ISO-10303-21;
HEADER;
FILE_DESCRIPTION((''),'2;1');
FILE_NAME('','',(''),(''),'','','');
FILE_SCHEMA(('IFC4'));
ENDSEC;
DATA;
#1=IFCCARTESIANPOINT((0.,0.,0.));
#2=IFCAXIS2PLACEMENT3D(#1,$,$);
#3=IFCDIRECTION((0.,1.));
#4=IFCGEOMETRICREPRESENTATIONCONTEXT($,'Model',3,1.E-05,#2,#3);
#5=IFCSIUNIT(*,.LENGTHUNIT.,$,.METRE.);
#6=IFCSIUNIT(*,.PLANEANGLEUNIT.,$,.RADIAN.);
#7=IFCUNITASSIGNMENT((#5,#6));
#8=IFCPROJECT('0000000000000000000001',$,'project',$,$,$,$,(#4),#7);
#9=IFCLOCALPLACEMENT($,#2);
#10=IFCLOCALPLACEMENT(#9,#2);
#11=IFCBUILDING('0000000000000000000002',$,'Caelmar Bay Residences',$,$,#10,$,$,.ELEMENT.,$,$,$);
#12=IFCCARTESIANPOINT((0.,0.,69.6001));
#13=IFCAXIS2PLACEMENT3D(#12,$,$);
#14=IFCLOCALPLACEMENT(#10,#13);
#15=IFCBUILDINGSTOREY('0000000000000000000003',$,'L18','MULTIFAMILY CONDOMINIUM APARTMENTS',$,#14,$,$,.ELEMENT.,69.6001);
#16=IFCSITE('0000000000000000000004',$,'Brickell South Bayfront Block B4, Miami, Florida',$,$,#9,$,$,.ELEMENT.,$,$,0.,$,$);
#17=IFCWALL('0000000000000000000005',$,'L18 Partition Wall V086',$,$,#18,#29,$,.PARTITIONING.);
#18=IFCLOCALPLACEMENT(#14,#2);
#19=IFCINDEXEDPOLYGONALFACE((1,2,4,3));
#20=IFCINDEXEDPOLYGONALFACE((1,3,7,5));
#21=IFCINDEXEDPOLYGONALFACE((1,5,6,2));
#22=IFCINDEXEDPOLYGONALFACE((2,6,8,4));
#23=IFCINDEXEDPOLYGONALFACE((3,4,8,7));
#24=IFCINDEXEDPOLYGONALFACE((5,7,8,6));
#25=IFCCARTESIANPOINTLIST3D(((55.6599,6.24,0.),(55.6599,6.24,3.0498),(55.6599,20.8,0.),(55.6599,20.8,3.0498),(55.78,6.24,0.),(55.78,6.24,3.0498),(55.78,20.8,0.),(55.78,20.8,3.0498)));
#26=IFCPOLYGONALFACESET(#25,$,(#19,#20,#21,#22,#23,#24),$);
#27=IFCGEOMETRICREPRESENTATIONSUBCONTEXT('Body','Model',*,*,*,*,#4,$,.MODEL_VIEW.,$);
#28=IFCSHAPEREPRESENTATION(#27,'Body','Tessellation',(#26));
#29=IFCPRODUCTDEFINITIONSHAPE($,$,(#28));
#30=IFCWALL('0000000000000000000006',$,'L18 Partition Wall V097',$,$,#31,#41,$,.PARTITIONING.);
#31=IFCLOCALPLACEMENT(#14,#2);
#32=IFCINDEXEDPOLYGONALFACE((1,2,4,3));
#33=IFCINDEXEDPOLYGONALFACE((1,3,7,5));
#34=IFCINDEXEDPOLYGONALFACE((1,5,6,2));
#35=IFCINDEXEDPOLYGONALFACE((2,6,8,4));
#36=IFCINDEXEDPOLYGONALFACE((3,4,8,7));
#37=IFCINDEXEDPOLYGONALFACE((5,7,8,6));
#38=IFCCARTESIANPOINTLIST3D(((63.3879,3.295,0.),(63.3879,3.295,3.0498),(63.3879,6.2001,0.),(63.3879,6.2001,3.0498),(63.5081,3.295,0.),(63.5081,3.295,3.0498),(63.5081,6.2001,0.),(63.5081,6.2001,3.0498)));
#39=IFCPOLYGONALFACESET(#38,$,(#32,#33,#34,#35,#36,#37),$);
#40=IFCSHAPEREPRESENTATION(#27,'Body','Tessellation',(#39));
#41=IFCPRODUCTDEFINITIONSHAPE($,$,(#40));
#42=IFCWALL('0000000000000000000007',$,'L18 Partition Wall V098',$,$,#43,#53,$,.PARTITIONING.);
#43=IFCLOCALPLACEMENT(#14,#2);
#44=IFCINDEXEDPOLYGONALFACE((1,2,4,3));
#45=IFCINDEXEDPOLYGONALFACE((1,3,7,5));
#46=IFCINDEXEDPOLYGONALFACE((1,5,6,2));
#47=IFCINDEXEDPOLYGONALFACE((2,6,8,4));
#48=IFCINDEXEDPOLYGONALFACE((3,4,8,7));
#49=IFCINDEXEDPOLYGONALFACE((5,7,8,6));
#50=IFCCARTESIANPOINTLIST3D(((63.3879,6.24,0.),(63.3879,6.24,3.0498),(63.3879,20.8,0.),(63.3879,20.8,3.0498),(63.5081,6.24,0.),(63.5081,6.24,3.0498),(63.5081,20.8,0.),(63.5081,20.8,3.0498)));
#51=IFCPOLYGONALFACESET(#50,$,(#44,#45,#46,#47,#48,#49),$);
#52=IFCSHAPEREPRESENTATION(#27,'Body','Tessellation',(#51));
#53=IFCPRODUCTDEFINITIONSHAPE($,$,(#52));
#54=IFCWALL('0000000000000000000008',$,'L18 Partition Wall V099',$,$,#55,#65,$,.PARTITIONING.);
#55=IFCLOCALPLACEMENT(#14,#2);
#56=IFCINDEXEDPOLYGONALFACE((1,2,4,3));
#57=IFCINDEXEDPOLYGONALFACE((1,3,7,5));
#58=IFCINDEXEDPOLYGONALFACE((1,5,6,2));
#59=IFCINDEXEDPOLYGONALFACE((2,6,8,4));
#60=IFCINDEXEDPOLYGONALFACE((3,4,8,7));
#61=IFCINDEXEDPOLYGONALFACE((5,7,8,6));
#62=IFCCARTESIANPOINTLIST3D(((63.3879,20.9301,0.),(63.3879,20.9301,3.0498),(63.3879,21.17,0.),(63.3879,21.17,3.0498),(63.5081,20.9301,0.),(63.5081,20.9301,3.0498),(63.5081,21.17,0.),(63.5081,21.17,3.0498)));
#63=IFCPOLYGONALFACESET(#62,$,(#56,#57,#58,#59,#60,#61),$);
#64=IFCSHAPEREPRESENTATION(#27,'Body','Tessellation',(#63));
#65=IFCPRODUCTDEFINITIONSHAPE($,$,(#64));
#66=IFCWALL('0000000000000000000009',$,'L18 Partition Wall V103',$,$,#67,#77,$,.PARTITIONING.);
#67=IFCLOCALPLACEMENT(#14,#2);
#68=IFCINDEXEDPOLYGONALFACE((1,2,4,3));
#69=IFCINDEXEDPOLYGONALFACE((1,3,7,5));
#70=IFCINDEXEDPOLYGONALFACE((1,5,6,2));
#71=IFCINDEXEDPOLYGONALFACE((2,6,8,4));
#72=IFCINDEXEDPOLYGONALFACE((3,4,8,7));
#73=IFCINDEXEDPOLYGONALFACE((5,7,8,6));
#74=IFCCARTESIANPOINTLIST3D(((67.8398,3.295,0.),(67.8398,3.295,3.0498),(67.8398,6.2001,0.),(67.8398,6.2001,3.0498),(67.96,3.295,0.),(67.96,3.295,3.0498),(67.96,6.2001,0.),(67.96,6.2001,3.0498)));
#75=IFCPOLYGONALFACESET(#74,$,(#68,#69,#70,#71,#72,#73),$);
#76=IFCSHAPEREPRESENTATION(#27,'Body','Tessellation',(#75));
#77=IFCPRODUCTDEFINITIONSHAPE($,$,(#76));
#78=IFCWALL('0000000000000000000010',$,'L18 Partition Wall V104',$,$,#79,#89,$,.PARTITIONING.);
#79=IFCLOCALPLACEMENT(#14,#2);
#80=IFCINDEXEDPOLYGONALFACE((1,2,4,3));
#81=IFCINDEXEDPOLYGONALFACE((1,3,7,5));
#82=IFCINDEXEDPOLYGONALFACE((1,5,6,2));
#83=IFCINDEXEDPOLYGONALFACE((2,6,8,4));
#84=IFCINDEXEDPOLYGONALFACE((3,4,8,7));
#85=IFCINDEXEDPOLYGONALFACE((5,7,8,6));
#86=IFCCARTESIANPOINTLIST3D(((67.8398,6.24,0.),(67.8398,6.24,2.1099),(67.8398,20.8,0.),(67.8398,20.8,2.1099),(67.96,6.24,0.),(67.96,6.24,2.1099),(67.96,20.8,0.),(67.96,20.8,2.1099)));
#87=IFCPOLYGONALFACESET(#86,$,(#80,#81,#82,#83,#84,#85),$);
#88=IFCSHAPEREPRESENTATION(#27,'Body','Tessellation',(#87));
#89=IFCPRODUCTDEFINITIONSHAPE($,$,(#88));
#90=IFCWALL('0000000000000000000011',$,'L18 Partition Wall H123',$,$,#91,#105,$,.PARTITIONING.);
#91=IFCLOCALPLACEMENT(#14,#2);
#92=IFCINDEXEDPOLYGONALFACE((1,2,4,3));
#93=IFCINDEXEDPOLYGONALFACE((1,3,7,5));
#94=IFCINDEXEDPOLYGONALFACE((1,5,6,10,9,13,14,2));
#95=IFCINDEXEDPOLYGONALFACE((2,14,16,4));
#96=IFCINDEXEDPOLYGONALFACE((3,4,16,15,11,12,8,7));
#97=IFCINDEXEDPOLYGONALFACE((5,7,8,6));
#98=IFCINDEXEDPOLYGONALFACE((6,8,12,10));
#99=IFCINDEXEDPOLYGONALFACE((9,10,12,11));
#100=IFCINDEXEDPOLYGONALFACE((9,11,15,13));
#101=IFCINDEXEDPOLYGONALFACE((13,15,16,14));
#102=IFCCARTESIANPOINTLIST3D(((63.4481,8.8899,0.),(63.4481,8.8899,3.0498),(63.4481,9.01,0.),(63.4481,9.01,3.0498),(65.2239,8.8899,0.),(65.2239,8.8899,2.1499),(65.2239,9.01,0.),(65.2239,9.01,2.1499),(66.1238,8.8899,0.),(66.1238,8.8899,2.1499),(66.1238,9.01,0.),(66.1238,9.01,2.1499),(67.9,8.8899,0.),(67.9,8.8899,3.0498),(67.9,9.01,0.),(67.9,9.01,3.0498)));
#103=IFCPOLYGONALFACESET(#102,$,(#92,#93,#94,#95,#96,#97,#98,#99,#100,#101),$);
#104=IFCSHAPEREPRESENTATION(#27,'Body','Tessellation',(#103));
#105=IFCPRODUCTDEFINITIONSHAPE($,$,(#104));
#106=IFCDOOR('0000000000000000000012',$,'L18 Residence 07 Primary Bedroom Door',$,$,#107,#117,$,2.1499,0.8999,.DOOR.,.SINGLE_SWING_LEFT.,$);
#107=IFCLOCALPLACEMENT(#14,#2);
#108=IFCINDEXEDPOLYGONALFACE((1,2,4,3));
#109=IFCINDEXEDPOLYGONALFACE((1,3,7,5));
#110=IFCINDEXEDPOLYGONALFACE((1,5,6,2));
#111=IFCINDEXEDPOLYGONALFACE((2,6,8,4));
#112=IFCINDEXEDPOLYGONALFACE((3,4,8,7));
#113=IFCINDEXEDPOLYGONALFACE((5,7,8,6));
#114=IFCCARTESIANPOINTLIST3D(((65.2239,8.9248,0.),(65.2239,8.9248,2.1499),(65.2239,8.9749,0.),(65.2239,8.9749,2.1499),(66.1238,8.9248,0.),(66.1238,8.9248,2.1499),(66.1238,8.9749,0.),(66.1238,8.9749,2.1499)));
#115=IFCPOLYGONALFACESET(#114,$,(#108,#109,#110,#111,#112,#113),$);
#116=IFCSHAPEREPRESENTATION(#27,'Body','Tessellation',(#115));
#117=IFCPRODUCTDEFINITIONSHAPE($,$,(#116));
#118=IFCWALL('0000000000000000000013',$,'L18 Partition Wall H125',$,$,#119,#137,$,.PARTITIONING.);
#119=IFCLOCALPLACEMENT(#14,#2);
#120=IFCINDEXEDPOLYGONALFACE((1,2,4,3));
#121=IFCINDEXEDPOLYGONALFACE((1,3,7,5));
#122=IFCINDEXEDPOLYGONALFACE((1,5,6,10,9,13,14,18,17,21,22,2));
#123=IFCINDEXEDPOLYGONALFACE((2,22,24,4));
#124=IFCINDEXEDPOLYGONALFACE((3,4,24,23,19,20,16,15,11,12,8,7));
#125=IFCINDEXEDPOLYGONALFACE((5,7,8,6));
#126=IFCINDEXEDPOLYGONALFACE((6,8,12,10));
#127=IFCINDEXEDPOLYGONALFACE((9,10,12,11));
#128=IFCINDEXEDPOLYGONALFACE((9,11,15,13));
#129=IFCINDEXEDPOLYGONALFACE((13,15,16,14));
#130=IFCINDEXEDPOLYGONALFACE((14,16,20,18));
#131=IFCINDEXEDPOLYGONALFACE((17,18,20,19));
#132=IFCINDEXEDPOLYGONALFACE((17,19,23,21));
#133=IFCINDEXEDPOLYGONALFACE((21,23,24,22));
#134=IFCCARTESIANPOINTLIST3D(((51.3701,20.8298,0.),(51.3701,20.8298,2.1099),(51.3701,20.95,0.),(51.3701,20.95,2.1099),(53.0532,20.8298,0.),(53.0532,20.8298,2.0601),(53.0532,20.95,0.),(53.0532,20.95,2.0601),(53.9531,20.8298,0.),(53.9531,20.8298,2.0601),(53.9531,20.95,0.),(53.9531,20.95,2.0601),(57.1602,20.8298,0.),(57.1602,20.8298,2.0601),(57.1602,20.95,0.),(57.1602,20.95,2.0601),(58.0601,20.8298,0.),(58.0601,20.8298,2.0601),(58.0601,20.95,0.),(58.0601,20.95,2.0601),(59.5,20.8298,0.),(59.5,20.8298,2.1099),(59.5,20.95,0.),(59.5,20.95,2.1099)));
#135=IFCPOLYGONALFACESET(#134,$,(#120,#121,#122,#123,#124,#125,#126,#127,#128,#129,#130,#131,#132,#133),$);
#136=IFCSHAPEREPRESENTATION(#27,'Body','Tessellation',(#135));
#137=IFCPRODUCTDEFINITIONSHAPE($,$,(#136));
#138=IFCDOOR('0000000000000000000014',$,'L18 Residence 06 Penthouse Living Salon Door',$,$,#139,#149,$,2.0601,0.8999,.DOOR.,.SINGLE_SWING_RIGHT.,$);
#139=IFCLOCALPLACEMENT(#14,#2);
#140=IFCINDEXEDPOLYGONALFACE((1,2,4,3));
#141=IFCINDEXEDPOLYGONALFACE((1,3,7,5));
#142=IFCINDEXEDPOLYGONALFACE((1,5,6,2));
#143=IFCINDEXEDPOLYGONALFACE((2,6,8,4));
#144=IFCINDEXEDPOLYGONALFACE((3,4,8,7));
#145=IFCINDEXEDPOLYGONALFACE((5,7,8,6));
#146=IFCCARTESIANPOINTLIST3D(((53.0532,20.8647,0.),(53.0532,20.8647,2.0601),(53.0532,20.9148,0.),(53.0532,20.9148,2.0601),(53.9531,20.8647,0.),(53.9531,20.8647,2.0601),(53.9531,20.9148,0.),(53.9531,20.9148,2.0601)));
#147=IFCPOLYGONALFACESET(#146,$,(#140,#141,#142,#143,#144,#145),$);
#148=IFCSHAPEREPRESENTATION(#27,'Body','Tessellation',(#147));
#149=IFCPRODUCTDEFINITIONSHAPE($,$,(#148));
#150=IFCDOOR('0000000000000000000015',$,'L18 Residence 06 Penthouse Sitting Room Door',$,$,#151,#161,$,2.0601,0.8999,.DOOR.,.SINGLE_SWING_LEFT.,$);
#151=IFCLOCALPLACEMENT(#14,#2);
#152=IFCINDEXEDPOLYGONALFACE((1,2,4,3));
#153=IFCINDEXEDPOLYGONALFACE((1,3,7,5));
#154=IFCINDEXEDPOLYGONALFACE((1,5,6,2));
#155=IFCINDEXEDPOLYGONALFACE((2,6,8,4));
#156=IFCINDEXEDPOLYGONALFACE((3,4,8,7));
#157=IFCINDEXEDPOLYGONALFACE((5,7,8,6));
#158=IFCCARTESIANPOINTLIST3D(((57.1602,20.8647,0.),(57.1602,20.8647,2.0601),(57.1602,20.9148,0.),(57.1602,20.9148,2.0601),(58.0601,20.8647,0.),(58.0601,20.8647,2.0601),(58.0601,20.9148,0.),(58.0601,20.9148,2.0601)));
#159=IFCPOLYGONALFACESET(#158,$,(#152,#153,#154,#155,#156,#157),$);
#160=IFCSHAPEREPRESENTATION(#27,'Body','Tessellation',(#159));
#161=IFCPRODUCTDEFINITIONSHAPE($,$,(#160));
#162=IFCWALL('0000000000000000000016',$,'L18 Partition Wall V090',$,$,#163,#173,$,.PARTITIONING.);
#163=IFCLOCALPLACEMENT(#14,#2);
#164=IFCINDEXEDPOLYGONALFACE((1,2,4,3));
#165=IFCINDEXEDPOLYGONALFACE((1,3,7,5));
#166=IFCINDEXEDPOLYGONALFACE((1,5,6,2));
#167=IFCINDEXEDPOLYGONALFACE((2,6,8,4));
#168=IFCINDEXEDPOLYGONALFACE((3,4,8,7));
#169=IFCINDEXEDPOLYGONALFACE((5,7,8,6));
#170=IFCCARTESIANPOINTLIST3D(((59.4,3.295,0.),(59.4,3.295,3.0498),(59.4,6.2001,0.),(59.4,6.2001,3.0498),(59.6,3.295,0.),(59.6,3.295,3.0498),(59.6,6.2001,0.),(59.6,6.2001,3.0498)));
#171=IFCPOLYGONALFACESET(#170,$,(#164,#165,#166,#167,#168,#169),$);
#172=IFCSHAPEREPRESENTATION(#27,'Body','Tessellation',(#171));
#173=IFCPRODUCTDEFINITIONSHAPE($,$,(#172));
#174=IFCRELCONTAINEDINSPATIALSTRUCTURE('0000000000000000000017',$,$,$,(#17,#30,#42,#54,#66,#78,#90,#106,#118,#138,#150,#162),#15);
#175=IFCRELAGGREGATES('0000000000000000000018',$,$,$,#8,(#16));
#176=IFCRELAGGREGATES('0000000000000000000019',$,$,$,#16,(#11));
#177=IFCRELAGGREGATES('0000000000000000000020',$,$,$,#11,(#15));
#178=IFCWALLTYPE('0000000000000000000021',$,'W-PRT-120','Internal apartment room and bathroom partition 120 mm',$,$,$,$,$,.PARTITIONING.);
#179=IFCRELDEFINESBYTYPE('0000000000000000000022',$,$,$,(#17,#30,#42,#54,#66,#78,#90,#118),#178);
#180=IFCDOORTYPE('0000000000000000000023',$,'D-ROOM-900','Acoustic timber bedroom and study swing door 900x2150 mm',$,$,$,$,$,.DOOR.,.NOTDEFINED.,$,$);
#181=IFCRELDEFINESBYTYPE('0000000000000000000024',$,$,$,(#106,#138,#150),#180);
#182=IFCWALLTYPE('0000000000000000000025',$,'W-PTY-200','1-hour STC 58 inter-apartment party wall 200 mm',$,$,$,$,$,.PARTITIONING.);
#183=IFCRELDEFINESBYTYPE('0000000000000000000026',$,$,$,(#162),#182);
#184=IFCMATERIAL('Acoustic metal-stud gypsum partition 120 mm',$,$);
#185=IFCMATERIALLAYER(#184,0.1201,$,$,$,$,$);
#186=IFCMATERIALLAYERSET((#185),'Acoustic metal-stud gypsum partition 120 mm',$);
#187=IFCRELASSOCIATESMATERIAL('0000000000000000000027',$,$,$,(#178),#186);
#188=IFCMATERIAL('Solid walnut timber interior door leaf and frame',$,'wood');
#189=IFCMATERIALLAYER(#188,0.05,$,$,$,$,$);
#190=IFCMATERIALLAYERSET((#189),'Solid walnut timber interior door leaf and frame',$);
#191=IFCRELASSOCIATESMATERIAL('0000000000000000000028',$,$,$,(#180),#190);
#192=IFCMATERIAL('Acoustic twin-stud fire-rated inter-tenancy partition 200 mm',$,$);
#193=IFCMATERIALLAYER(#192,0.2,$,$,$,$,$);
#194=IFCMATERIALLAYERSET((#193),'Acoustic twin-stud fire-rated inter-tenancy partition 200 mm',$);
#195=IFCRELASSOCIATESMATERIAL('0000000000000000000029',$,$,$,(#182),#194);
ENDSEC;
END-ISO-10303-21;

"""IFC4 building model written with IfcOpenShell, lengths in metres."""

from ifc_helpers import new_model, si_unit, direction, frame, frame_2d, origin, place, context, subcontext, project, spatial, rectangle, extrude, material, layer, layer_set, type_object, element, fill, save


model = new_model("IFC4")

# Units and contexts
model_context = context("Model", 3, precision=1e-05, world=origin(), true_north=direction((0.0, 1.0)))
body_context = subcontext(model_context, "Body", "Model", "MODEL_VIEW")
ifc_project = project(units=[si_unit("LENGTHUNIT", "METRE"), si_unit("PLANEANGLEUNIT", "RADIAN")], contexts=[model_context])

# Site, building, storey
site_placement = place(None, origin())
site = spatial("IfcSite", under=ifc_project, at=site_placement, Name="Brickell South Bayfront Block B4, Miami, Florida", CompositionType="ELEMENT", RefElevation=0.0)
building_placement = place(site_placement, origin())
building = spatial("IfcBuilding", under=site, at=building_placement, Name="Caelmar Bay Residences", CompositionType="ELEMENT")
storey_placement = place(building_placement, frame((0.0, 0.0, 69.6001)))
storey = spatial("IfcBuildingStorey", under=building, at=storey_placement, Name="L18", Description="MULTIFAMILY CONDOMINIUM APARTMENTS", CompositionType="ELEMENT", Elevation=69.6001)

# Walls
ifc_material_1 = material(Name="Acoustic metal-stud gypsum partition 120 mm")
ifc_layer_1 = layer(ifc_material_1, 0.1201)
ifc_layer_set_1 = layer_set([ifc_layer_1], Name="Acoustic metal-stud gypsum partition 120 mm")
wall_type_1 = type_object("IfcWallType", Name="W-PRT-120", Description="Internal apartment room and bathroom partition 120 mm", PredefinedType="PARTITIONING", material=ifc_layer_set_1)
wall_1_placement = place(storey_placement, frame((55.72, 6.24, 0.0), z_axis=(0.0, 0.0, 1.0), x_axis=(0.0, 1.0, 0.0)))
element("IfcWall", 1, at=wall_1_placement, inside=storey, type_object=wall_type_1, Name="L18 Partition Wall V086", PredefinedType="PARTITIONING", context=body_context, shape_type="SweptSolid", body=[
    extrude(rectangle(XDim=14.5601, YDim=0.1201, at=frame_2d((7.28, 0.0))), origin(), (0.0, 0.0, 1.0), 3.0498),
])
wall_2_placement = place(storey_placement, frame((63.448, 3.2949, 0.0), z_axis=(0.0, 0.0, 1.0), x_axis=(0.0, 1.0, 0.0)))
element("IfcWall", 2, at=wall_2_placement, inside=storey, type_object=wall_type_1, Name="L18 Partition Wall V097", PredefinedType="PARTITIONING", context=body_context, shape_type="SweptSolid", body=[
    extrude(rectangle(XDim=2.905, YDim=0.1201, at=frame_2d((1.4526, 0.0))), origin(), (0.0, 0.0, 1.0), 3.0498),
])
wall_3_placement = place(storey_placement, frame((63.448, 6.24, 0.0), z_axis=(0.0, 0.0, 1.0), x_axis=(0.0, 1.0, 0.0)))
element("IfcWall", 3, at=wall_3_placement, inside=storey, type_object=wall_type_1, Name="L18 Partition Wall V098", PredefinedType="PARTITIONING", context=body_context, shape_type="SweptSolid", body=[
    extrude(rectangle(XDim=14.5601, YDim=0.1201, at=frame_2d((7.28, 0.0))), origin(), (0.0, 0.0, 1.0), 3.0498),
])
wall_4_placement = place(storey_placement, frame((63.448, 20.9299, 0.0), z_axis=(0.0, 0.0, 1.0), x_axis=(0.0, 1.0, 0.0)))
element("IfcWall", 4, at=wall_4_placement, inside=storey, type_object=wall_type_1, Name="L18 Partition Wall V099", PredefinedType="PARTITIONING", context=body_context, shape_type="SweptSolid", body=[
    extrude(rectangle(XDim=0.24, YDim=0.1201, at=frame_2d((0.1201, 0.0))), origin(), (0.0, 0.0, 1.0), 3.0498),
])
wall_5_placement = place(storey_placement, frame((67.8999, 3.2949, 0.0), z_axis=(0.0, 0.0, 1.0), x_axis=(0.0, 1.0, 0.0)))
element("IfcWall", 5, at=wall_5_placement, inside=storey, type_object=wall_type_1, Name="L18 Partition Wall V103", PredefinedType="PARTITIONING", context=body_context, shape_type="SweptSolid", body=[
    extrude(rectangle(XDim=2.905, YDim=0.1201, at=frame_2d((1.4526, 0.0))), origin(), (0.0, 0.0, 1.0), 3.0498),
])
wall_6_placement = place(storey_placement, frame((67.8999, 6.24, 0.0), z_axis=(0.0, 0.0, 1.0), x_axis=(0.0, 1.0, 0.0)))
element("IfcWall", 6, at=wall_6_placement, inside=storey, type_object=wall_type_1, Name="L18 Partition Wall V104", PredefinedType="PARTITIONING", context=body_context, shape_type="SweptSolid", body=[
    extrude(rectangle(XDim=14.5601, YDim=0.1201, at=frame_2d((7.28, 0.0))), origin(), (0.0, 0.0, 1.0), 2.1099),
])

# Wall, opening, door
ifc_material_2 = material(Name="Solid walnut timber interior door leaf and frame", Category="wood")
ifc_layer_2 = layer(ifc_material_2, 0.05)
ifc_layer_set_2 = layer_set([ifc_layer_2], Name="Solid walnut timber interior door leaf and frame")
door_type = type_object("IfcDoorType", Name="D-ROOM-900", Description="Acoustic timber bedroom and study swing door 900x2150 mm", OperationType="NOTDEFINED", PredefinedType="DOOR", material=ifc_layer_set_2)
wall_7_placement = place(storey_placement, frame((63.448, 8.95, 0.0), z_axis=(0.0, 0.0, 1.0), x_axis=(1.0, 0.0, 0.0)))
wall_7 = element("IfcWall", 7, at=wall_7_placement, inside=storey, type_object=wall_type_1, Name="L18 Partition Wall H123", PredefinedType="PARTITIONING", context=body_context, shape_type="SweptSolid", body=[
    extrude(rectangle(XDim=4.4519, YDim=0.1201, at=frame_2d((2.2261, 0.0))), origin(), (0.0, 0.0, 1.0), 3.0498),
])
opening_1_placement = place(wall_7_placement, frame((1.7759, 0.0, 0.0)))
opening_1 = element("IfcOpeningElement", 8, at=opening_1_placement, cuts=wall_7, PredefinedType="OPENING", context=body_context, shape_type="SweptSolid", body=[
    extrude(rectangle(XDim=0.8999, YDim=2.1499, at=frame_2d((0.45, 1.075))), frame((0.0, 0.0701, 0.0), z_axis=(0.0, -1.0, 0.0), x_axis=(1.0, 0.0, 0.0)), (0.0, 0.0, 1.0), 0.1401),
])
door_1_placement = place(opening_1_placement, origin())
door_1 = element("IfcDoor", 9, at=door_1_placement, inside=storey, type_object=door_type, Name="L18 Residence 07 Primary Bedroom Door", OperationType="SINGLE_SWING_LEFT", OverallHeight=2.1499, OverallWidth=0.8999, PredefinedType="DOOR", context=body_context, shape_type="SweptSolid", body=[
    extrude(rectangle(XDim=0.8999, YDim=2.1499, at=frame_2d((0.45, 1.075))), frame((0.0, 0.0249, 0.0), z_axis=(0.0, -1.0, 0.0), x_axis=(1.0, 0.0, 0.0)), (0.0, 0.0, 1.0), 0.05),
])
fill(opening_1, door_1)

# Wall, openings, doors
wall_8_placement = place(storey_placement, frame((51.3701, 20.8899, 0.0), z_axis=(0.0, 0.0, 1.0), x_axis=(1.0, 0.0, 0.0)))
wall_8 = element("IfcWall", 10, at=wall_8_placement, inside=storey, type_object=wall_type_1, Name="L18 Partition Wall H125", PredefinedType="PARTITIONING", context=body_context, shape_type="SweptSolid", body=[
    extrude(rectangle(XDim=8.1299, YDim=0.1201, at=frame_2d((4.0649, 0.0))), origin(), (0.0, 0.0, 1.0), 2.1099),
])
opening_2_placement = place(wall_8_placement, frame((1.6831, 0.0, 0.0)))
opening_2 = element("IfcOpeningElement", 11, at=opening_2_placement, cuts=wall_8, PredefinedType="OPENING", context=body_context, shape_type="SweptSolid", body=[
    extrude(rectangle(XDim=0.8999, YDim=2.0601, at=frame_2d((0.45, 1.03))), frame((0.0, 0.0701, 0.0), z_axis=(0.0, -1.0, 0.0), x_axis=(1.0, 0.0, 0.0)), (0.0, 0.0, 1.0), 0.1401),
])
opening_3_placement = place(wall_8_placement, frame((5.79, 0.0, 0.0)))
opening_3 = element("IfcOpeningElement", 12, at=opening_3_placement, cuts=wall_8, PredefinedType="OPENING", context=body_context, shape_type="SweptSolid", body=[
    extrude(rectangle(XDim=0.8999, YDim=2.0601, at=frame_2d((0.45, 1.03))), frame((0.0, 0.0701, 0.0), z_axis=(0.0, -1.0, 0.0), x_axis=(1.0, 0.0, 0.0)), (0.0, 0.0, 1.0), 0.1401),
])
door_2_placement = place(opening_2_placement, origin())
door_2 = element("IfcDoor", 13, at=door_2_placement, inside=storey, type_object=door_type, Name="L18 Residence 06 Penthouse Living Salon Door", OperationType="SINGLE_SWING_RIGHT", OverallHeight=2.0601, OverallWidth=0.8999, PredefinedType="DOOR", context=body_context, shape_type="SweptSolid", body=[
    extrude(rectangle(XDim=0.8999, YDim=2.0601, at=frame_2d((0.45, 1.03))), frame((0.0, 0.0249, 0.0), z_axis=(0.0, -1.0, 0.0), x_axis=(1.0, 0.0, 0.0)), (0.0, 0.0, 1.0), 0.05),
])
fill(opening_2, door_2)
door_3_placement = place(opening_3_placement, origin())
door_3 = element("IfcDoor", 14, at=door_3_placement, inside=storey, type_object=door_type, Name="L18 Residence 06 Penthouse Sitting Room Door", OperationType="SINGLE_SWING_LEFT", OverallHeight=2.0601, OverallWidth=0.8999, PredefinedType="DOOR", context=body_context, shape_type="SweptSolid", body=[
    extrude(rectangle(XDim=0.8999, YDim=2.0601, at=frame_2d((0.45, 1.03))), frame((0.0, 0.0249, 0.0), z_axis=(0.0, -1.0, 0.0), x_axis=(1.0, 0.0, 0.0)), (0.0, 0.0, 1.0), 0.05),
])
fill(opening_3, door_3)

# Wall
ifc_material_3 = material(Name="Acoustic twin-stud fire-rated inter-tenancy partition 200 mm")
ifc_layer_3 = layer(ifc_material_3, 0.2)
ifc_layer_set_3 = layer_set([ifc_layer_3], Name="Acoustic twin-stud fire-rated inter-tenancy partition 200 mm")
wall_type_2 = type_object("IfcWallType", Name="W-PTY-200", Description="1-hour STC 58 inter-apartment party wall 200 mm", PredefinedType="PARTITIONING", material=ifc_layer_set_3)
wall_9_placement = place(storey_placement, frame((59.5, 3.2949, 0.0), z_axis=(0.0, 0.0, 1.0), x_axis=(0.0, 1.0, 0.0)))
element("IfcWall", 15, at=wall_9_placement, inside=storey, type_object=wall_type_2, Name="L18 Partition Wall V090", PredefinedType="PARTITIONING", context=body_context, shape_type="SweptSolid", body=[
    extrude(rectangle(XDim=2.905, YDim=0.2, at=frame_2d((1.4526, 0.0))), origin(), (0.0, 0.0, 1.0), 3.0498),
])

save(model, "model.ifc")
